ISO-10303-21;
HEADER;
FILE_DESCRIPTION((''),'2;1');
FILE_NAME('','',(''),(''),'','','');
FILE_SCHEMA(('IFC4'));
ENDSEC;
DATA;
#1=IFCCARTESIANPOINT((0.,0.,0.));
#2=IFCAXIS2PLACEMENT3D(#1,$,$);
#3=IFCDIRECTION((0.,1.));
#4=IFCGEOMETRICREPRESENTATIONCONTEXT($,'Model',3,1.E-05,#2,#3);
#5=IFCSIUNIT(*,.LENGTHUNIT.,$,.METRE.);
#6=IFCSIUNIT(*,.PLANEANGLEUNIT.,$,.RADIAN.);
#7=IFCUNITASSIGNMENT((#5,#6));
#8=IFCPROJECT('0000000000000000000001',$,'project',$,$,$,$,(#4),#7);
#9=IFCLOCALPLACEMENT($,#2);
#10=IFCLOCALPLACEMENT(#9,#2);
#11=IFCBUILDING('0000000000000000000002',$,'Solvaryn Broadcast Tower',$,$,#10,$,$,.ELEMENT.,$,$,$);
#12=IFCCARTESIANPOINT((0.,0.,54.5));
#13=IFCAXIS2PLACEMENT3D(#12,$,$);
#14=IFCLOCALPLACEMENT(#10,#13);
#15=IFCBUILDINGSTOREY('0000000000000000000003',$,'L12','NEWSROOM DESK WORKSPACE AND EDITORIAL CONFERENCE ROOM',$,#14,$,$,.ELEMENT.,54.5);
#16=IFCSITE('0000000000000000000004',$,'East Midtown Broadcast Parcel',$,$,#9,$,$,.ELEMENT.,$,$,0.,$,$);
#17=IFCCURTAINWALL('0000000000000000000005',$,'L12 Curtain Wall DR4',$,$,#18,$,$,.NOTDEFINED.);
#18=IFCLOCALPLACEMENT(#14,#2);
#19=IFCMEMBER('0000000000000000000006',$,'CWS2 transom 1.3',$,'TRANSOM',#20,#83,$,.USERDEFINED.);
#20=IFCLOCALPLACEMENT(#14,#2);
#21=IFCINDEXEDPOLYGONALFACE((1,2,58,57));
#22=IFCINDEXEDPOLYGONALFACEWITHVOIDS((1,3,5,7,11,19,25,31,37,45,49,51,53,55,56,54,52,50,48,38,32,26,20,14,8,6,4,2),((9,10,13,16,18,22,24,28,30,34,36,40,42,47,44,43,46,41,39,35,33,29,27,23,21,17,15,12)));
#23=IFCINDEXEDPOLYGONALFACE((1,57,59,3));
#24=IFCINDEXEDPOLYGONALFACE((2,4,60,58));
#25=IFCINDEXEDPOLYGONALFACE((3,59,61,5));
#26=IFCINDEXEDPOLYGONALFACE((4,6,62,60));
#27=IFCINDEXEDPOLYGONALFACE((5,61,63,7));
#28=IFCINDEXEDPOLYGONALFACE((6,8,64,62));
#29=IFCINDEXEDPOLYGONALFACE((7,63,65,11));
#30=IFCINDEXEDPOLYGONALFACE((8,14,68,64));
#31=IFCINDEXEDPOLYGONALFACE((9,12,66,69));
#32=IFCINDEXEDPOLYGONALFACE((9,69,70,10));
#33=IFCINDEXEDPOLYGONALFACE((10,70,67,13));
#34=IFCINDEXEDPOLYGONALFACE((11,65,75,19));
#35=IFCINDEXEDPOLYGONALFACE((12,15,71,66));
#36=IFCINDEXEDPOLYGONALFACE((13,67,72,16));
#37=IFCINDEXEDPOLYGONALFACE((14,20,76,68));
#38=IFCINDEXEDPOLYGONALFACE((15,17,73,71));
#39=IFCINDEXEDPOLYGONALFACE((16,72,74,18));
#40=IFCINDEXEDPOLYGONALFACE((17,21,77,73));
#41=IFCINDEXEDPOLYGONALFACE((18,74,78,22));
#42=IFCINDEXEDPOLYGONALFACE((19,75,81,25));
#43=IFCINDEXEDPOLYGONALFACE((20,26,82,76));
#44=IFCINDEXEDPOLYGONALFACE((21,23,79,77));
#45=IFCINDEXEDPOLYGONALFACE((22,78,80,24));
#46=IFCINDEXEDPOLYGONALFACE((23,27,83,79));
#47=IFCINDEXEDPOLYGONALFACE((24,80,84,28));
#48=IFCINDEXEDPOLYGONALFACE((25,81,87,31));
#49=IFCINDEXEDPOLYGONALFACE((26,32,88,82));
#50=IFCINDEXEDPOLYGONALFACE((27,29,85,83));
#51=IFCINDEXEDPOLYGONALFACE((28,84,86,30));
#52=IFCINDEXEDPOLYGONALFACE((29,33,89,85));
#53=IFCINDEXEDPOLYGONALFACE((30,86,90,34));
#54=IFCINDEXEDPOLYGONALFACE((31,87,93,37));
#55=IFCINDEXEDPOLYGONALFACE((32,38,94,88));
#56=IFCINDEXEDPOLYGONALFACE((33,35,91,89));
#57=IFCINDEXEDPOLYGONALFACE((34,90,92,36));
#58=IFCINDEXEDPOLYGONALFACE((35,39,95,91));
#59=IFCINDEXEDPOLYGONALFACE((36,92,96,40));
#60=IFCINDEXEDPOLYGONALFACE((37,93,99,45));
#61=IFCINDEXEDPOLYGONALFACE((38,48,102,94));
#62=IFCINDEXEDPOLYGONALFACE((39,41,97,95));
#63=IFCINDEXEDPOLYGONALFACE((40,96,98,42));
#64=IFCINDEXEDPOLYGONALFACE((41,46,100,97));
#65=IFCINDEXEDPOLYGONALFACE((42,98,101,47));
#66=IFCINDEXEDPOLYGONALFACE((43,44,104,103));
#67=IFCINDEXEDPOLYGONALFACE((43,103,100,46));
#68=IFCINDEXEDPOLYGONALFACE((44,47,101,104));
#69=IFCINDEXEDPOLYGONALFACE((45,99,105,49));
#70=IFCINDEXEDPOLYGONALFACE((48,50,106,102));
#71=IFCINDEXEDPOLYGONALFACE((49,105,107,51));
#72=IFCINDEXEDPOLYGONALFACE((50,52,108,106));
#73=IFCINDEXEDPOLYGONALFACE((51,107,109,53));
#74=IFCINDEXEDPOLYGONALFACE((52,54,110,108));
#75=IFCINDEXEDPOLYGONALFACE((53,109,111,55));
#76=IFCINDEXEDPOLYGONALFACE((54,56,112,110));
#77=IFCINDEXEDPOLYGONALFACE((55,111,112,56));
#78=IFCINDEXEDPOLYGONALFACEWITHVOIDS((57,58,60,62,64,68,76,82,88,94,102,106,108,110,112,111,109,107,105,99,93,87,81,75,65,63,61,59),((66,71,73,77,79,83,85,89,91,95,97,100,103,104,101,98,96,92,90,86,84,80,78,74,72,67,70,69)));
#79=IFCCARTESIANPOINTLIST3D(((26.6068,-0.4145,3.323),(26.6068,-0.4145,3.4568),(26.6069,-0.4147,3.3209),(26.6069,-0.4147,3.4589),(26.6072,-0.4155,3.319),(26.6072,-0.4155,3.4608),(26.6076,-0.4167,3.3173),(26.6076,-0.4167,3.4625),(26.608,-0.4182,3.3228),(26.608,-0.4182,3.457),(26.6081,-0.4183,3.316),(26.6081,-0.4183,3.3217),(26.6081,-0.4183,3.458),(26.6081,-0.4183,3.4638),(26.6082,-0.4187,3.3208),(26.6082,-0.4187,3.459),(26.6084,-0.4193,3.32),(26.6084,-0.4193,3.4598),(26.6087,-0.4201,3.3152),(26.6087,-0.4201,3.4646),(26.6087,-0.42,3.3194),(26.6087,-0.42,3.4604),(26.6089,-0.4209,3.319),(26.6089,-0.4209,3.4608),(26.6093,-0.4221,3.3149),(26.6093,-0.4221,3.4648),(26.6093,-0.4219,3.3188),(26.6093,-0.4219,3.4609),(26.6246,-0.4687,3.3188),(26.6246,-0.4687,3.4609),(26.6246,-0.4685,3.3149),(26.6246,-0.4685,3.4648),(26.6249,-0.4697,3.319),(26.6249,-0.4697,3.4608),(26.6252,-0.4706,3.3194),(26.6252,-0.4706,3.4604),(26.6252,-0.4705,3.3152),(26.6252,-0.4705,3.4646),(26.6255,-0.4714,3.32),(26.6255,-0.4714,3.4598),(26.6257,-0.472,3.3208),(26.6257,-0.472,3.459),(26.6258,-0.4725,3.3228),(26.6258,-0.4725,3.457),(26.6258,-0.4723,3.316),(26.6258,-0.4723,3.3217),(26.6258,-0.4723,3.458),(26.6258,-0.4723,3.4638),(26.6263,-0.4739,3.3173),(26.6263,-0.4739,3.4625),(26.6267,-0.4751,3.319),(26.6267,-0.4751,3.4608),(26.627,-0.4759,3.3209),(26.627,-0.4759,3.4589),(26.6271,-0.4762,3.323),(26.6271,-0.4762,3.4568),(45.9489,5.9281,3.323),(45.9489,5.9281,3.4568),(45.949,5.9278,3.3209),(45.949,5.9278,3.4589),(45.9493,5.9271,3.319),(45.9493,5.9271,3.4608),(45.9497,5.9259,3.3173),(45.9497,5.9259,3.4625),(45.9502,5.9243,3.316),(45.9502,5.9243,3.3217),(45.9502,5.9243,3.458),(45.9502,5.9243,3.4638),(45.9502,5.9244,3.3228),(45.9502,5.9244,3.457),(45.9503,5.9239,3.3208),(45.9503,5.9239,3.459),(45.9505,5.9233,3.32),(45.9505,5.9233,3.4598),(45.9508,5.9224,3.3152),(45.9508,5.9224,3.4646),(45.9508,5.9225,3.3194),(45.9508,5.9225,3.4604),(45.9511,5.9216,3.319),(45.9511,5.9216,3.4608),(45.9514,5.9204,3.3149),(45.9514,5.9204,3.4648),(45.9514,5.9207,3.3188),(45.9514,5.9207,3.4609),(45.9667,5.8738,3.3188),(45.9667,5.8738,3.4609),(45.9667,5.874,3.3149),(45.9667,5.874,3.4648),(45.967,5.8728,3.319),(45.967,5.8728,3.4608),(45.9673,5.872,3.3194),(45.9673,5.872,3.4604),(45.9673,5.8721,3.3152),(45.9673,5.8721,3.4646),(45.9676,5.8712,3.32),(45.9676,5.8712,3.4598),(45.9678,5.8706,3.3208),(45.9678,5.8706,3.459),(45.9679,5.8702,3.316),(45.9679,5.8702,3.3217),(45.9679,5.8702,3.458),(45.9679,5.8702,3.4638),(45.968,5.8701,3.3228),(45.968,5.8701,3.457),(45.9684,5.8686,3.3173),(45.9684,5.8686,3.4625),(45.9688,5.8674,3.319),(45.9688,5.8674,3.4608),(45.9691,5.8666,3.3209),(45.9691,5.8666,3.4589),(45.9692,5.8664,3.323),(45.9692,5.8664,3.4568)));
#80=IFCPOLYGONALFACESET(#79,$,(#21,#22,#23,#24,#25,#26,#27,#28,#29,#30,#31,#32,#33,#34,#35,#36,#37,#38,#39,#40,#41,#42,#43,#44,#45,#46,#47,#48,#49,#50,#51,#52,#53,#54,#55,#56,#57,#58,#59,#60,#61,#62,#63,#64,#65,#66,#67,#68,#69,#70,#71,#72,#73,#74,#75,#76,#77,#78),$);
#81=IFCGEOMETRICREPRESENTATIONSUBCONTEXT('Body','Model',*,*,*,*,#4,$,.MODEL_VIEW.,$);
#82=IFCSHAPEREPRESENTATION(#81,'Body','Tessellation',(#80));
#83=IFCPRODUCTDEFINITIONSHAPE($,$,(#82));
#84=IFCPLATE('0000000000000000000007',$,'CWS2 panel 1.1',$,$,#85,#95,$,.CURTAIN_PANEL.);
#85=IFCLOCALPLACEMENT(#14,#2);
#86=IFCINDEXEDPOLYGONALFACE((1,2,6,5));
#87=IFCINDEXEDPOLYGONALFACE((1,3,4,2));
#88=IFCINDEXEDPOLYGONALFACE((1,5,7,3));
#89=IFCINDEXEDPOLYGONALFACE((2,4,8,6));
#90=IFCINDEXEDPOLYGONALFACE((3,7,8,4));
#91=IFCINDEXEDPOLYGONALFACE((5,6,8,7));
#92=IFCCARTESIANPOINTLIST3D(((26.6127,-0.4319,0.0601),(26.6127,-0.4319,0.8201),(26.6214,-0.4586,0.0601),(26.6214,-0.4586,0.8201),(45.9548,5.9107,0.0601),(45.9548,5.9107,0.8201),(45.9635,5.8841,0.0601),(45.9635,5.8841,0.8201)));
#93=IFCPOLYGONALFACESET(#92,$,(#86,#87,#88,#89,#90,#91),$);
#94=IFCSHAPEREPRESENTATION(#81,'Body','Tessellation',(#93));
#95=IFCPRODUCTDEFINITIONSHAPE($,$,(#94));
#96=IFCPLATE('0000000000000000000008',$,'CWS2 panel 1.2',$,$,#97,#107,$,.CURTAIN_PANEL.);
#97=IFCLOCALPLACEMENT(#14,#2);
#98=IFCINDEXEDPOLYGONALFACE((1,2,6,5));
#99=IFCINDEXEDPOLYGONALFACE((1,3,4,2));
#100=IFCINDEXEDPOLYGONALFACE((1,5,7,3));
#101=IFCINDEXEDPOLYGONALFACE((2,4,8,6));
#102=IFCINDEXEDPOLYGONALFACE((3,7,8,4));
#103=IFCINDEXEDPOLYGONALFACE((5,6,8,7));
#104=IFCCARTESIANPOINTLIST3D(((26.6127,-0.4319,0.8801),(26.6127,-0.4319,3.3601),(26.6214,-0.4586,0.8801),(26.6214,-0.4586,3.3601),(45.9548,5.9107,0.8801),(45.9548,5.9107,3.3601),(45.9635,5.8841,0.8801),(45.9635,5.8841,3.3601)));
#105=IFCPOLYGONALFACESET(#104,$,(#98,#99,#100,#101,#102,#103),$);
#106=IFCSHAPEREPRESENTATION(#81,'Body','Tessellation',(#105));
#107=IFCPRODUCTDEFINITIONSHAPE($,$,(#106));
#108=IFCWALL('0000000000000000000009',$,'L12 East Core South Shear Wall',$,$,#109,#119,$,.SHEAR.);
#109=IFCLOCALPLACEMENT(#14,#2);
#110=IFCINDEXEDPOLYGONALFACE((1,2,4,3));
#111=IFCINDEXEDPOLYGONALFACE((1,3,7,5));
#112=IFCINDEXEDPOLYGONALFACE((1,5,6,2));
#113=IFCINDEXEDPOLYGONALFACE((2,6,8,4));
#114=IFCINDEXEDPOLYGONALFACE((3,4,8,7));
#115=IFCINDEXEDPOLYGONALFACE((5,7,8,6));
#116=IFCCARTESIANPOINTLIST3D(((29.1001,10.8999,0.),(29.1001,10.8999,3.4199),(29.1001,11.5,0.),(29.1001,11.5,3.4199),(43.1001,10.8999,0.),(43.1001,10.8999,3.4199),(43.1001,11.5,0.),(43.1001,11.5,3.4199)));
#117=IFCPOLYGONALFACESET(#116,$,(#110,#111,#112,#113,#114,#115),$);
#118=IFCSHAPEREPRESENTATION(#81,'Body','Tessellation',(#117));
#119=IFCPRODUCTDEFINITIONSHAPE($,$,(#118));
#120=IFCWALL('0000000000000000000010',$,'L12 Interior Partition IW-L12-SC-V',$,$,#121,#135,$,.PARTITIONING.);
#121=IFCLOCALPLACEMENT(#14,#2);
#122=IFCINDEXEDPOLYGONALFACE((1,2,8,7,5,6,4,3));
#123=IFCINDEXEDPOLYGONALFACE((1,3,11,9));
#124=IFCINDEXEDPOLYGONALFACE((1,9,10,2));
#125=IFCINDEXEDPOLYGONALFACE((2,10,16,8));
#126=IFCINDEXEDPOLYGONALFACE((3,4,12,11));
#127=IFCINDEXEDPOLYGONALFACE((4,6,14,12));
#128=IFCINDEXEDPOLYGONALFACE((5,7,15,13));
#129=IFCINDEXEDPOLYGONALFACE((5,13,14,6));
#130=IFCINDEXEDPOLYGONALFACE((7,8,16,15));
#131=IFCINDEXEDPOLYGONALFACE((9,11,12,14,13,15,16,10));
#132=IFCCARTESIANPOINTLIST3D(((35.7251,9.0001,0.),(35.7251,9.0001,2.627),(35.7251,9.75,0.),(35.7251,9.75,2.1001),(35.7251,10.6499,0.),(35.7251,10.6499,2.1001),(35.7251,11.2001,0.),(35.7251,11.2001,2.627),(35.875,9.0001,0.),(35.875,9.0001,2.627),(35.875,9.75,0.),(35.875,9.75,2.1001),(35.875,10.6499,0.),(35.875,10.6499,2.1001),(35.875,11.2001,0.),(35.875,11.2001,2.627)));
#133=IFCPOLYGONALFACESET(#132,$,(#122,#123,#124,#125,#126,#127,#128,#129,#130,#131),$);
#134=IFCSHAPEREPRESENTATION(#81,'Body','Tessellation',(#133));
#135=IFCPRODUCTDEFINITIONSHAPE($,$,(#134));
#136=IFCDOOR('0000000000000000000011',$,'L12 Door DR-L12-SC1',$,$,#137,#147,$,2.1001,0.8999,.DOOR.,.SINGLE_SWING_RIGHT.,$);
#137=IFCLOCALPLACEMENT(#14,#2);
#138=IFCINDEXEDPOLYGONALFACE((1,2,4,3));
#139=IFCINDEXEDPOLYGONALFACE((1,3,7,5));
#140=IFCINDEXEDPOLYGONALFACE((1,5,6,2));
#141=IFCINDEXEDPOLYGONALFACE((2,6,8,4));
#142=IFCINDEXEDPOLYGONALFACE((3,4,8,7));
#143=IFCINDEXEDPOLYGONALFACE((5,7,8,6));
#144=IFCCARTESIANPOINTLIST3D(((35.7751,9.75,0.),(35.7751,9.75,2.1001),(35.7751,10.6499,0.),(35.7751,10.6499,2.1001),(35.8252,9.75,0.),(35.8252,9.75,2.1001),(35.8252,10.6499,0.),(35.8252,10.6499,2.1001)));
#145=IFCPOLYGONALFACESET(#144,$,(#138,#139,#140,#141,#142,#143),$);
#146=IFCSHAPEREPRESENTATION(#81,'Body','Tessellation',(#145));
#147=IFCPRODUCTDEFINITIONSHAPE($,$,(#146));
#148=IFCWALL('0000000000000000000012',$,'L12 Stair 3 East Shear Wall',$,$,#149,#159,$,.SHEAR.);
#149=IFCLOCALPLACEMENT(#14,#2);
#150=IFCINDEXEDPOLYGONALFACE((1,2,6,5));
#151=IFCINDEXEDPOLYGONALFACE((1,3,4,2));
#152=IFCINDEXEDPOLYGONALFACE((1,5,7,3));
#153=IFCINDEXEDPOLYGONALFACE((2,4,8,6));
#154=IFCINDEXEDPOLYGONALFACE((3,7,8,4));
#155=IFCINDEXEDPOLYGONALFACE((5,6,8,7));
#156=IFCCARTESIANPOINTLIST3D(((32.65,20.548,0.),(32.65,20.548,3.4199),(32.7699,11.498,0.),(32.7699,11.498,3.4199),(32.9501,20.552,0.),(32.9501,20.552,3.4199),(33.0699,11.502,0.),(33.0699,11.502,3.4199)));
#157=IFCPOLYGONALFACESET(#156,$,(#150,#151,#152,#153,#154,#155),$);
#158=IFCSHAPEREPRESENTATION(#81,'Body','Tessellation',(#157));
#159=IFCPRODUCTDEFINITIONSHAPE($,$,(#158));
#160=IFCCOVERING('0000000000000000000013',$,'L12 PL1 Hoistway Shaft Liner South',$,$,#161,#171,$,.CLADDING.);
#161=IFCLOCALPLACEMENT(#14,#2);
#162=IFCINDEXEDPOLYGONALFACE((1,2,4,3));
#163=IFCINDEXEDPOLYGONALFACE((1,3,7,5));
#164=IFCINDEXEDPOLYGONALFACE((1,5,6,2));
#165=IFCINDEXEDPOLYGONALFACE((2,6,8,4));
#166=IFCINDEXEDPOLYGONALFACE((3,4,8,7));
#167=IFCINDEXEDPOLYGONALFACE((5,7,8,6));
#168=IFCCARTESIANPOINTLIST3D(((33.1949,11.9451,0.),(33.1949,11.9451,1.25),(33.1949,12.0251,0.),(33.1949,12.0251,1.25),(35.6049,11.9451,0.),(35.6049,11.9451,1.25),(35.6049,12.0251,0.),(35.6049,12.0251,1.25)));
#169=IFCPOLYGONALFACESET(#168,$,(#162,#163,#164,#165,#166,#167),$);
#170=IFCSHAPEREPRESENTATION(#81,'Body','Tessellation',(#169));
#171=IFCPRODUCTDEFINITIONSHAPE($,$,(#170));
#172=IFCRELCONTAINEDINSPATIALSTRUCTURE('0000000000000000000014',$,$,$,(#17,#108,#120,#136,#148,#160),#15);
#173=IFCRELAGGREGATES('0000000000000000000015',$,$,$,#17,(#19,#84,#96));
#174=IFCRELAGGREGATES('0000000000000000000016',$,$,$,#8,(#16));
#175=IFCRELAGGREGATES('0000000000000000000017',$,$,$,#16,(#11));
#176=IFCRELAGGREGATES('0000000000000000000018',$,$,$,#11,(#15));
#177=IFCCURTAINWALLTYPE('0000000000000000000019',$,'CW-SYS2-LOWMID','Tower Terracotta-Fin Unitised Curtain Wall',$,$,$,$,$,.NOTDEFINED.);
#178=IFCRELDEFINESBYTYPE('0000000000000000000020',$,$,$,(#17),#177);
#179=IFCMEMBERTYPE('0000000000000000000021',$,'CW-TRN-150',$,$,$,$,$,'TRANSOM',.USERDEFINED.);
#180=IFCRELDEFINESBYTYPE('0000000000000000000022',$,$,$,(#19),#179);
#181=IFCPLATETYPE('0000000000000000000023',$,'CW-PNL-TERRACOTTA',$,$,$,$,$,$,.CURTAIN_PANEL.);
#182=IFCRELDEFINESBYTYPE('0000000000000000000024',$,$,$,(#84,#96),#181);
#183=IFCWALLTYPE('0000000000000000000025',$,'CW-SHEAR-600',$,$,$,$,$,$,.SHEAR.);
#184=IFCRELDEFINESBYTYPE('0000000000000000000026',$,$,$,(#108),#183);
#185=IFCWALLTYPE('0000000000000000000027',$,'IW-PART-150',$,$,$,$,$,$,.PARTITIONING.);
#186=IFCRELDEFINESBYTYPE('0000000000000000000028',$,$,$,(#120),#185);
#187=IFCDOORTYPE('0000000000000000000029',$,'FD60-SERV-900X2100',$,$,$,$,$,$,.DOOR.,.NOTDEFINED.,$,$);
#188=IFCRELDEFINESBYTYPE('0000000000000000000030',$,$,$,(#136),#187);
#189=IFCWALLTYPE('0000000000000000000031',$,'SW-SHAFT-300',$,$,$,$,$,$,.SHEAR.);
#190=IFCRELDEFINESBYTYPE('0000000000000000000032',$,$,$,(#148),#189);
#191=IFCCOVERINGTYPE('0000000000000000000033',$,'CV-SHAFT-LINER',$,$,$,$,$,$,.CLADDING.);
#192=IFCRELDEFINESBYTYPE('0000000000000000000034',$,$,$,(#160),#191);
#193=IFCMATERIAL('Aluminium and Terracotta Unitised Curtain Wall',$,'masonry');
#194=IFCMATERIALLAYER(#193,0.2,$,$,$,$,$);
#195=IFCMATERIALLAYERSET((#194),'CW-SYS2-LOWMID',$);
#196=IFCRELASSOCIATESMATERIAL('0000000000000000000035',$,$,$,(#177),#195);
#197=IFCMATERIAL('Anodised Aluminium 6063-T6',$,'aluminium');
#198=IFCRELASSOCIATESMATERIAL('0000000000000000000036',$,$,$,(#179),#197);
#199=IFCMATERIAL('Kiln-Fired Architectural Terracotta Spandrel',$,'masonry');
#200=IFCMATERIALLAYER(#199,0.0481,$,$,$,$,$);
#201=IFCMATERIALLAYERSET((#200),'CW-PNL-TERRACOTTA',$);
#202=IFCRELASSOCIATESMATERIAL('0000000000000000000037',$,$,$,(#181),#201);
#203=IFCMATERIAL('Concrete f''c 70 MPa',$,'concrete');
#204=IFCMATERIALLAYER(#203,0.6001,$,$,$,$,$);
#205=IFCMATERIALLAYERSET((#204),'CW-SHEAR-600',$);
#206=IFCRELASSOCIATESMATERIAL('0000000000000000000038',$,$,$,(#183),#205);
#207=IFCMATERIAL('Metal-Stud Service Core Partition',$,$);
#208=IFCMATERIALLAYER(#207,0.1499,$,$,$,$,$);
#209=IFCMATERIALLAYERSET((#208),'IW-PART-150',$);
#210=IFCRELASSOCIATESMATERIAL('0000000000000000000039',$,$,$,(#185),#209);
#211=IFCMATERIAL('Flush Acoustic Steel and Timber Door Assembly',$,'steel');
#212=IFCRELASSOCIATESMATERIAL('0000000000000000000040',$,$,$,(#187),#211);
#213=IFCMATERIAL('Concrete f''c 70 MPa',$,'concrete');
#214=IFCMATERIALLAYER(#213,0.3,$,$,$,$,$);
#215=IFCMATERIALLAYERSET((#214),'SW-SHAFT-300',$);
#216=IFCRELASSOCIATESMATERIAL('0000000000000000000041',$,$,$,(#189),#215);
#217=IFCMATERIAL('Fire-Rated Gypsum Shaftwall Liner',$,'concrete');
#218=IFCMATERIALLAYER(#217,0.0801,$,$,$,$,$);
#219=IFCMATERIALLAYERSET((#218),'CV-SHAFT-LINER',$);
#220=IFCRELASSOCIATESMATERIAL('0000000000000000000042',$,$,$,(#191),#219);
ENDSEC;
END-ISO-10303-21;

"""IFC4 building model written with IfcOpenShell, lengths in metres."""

from ifc_helpers import new_model, si_unit, direction, frame, frame_2d, origin, origin_2d, place, context, subcontext, project, spatial, rectangle, hollow_rectangle, extrude, material, layer, layer_set, material_profile, profile_set, type_object, element, fill, aggregate, save


model = new_model("IFC4")

# Units and contexts
model_context = context("Model", 3, precision=1e-05, world=origin(), true_north=direction((0.0, 1.0)))
body_context = subcontext(model_context, "Body", "Model", "MODEL_VIEW")
ifc_project = project(units=[si_unit("LENGTHUNIT", "METRE"), si_unit("PLANEANGLEUNIT", "RADIAN")], contexts=[model_context])

# Site, building, storey
site_placement = place(None, origin())
site = spatial("IfcSite", under=ifc_project, at=site_placement, Name="East Midtown Broadcast Parcel", CompositionType="ELEMENT", RefElevation=0.0)
building_placement = place(site_placement, origin())
building = spatial("IfcBuilding", under=site, at=building_placement, Name="Solvaryn Broadcast Tower", CompositionType="ELEMENT")
storey_placement = place(building_placement, frame((0.0, 0.0, 54.5)))
storey = spatial("IfcBuildingStorey", under=building, at=storey_placement, Name="L12", Description="NEWSROOM DESK WORKSPACE AND EDITORIAL CONFERENCE ROOM", CompositionType="ELEMENT", Elevation=54.5)

# Shared definitions
ifc_material_1 = material(Name="Aluminium and Terracotta Unitised Curtain Wall", Category="masonry")
ifc_layer_1 = layer(ifc_material_1, 0.2)
ifc_layer_set_1 = layer_set([ifc_layer_1], Name="CW-SYS2-LOWMID")
curtain_wall_type = type_object("IfcCurtainWallType", Name="CW-SYS2-LOWMID", Description="Tower Terracotta-Fin Unitised Curtain Wall", PredefinedType="NOTDEFINED", material=ifc_layer_set_1)

# Curtain wall, member, plates
curtain_wall_1_placement = place(storey_placement, origin())
curtain_wall_1 = element("IfcCurtainWall", 1, at=curtain_wall_1_placement, inside=storey, type_object=curtain_wall_type, Name="L12 Curtain Wall DR4", PredefinedType="NOTDEFINED")
ifc_material_2 = material(Name="Anodised Aluminium 6063-T6", Category="aluminium")
ifc_material_profile_1 = material_profile(ifc_material_2, hollow_rectangle(XDim=0.0649, YDim=0.1499, WallThickness=0.0039, InnerFilletRadius=0.0039, OuterFilletRadius=0.0081, at=origin_2d()))
ifc_profile_set_1 = profile_set([ifc_material_profile_1], Name="Anodised Aluminium 6063-T6")
member_type_1 = type_object("IfcMemberType", Name="CW-TRN-150", ElementType="TRANSOM", PredefinedType="USERDEFINED", material=ifc_profile_set_1)
member_1_placement = place(storey_placement, frame((26.6169, -0.4453, 3.3899), z_axis=(0.950217, 0.31159, 0.0), x_axis=(-0.31159, 0.950217, 0.0)))
member_1 = element("IfcMember", 2, at=member_1_placement, type_object=member_type_1, Name="CWS2 transom 1.3", ObjectType="TRANSOM", PredefinedType="USERDEFINED", context=body_context, shape_type="SweptSolid", body=[
    extrude(hollow_rectangle(XDim=0.0649, YDim=0.1499, WallThickness=0.0039, InnerFilletRadius=0.0039, OuterFilletRadius=0.0081, at=origin_2d()), origin(), (0.0, 0.0, 1.0), 20.3555),
])
ifc_material_3 = material(Name="Kiln-Fired Architectural Terracotta Spandrel", Category="masonry")
ifc_layer_2 = layer(ifc_material_3, 0.0481)
ifc_layer_set_2 = layer_set([ifc_layer_2], Name="CW-PNL-TERRACOTTA")
plate_type = type_object("IfcPlateType", Name="CW-PNL-TERRACOTTA", PredefinedType="CURTAIN_PANEL", material=ifc_layer_set_2)
plate_1_placement = place(storey_placement, frame((36.2881, 2.7261, 0.0601), z_axis=(0.0, 0.0, 1.0), x_axis=(0.950215, 0.311594, 0.0)))
plate_1 = element("IfcPlate", 3, at=plate_1_placement, type_object=plate_type, Name="CWS2 panel 1.1", PredefinedType="CURTAIN_PANEL", context=body_context, shape_type="SweptSolid", body=[
    extrude(rectangle(XDim=20.3555, YDim=0.0281, at=origin_2d()), origin(), (0.0, 0.0, 1.0), 0.76),
])
plate_2_placement = place(storey_placement, frame((36.2881, 2.7261, 0.8801), z_axis=(0.0, 0.0, 1.0), x_axis=(0.950215, 0.311594, 0.0)))
plate_2 = element("IfcPlate", 4, at=plate_2_placement, type_object=plate_type, Name="CWS2 panel 1.2", PredefinedType="CURTAIN_PANEL", context=body_context, shape_type="SweptSolid", body=[
    extrude(rectangle(XDim=20.3555, YDim=0.0281, at=origin_2d()), origin(), (0.0, 0.0, 1.0), 2.48),
])
aggregate(curtain_wall_1, [member_1, plate_1, plate_2])

# Wall
ifc_material_4 = material(Name="Concrete f'c 70 MPa", Category="concrete")
ifc_layer_3 = layer(ifc_material_4, 0.6001)
ifc_layer_set_3 = layer_set([ifc_layer_3], Name="CW-SHEAR-600")
wall_type_1 = type_object("IfcWallType", Name="CW-SHEAR-600", PredefinedType="SHEAR", material=ifc_layer_set_3)
wall_1_placement = place(storey_placement, frame((29.1001, 11.2, 0.0), z_axis=(0.0, 0.0, 1.0), x_axis=(1.0, 0.0, 0.0)))
element("IfcWall", 5, at=wall_1_placement, inside=storey, type_object=wall_type_1, Name="L12 East Core South Shear Wall", PredefinedType="SHEAR", context=body_context, shape_type="SweptSolid", body=[
    extrude(rectangle(XDim=14.0, YDim=0.6001, at=frame_2d((7.0, 0.0))), origin(), (0.0, 0.0, 1.0), 3.4199),
])

# Wall, opening, door
ifc_material_5 = material(Name="Metal-Stud Service Core Partition")
ifc_layer_4 = layer(ifc_material_5, 0.1499)
ifc_layer_set_4 = layer_set([ifc_layer_4], Name="IW-PART-150")
wall_type_2 = type_object("IfcWallType", Name="IW-PART-150", PredefinedType="PARTITIONING", material=ifc_layer_set_4)
wall_2_placement = place(storey_placement, frame((35.8, 9.0, 0.0), z_axis=(0.0, 0.0, 1.0), x_axis=(0.0, 1.0, 0.0)))
wall_2 = element("IfcWall", 6, at=wall_2_placement, inside=storey, type_object=wall_type_2, Name="L12 Interior Partition IW-L12-SC-V", PredefinedType="PARTITIONING", context=body_context, shape_type="SweptSolid", body=[
    extrude(rectangle(XDim=2.2, YDim=0.1499, at=frame_2d((1.1001, 0.0))), origin(), (0.0, 0.0, 1.0), 2.627),
])
opening_placement = place(wall_2_placement, frame((0.75, 0.0, 0.0)))
opening = element("IfcOpeningElement", 7, at=opening_placement, cuts=wall_2, PredefinedType="OPENING", context=body_context, shape_type="SweptSolid", body=[
    extrude(rectangle(XDim=0.8999, YDim=2.1001, at=frame_2d((0.45, 1.05))), frame((0.0, 0.085, 0.0), z_axis=(0.0, -1.0, 0.0), x_axis=(1.0, 0.0, 0.0)), (0.0, 0.0, 1.0), 0.1699),
])
ifc_material_6 = material(Name="Flush Acoustic Steel and Timber Door Assembly", Category="steel")
door_type = type_object("IfcDoorType", Name="FD60-SERV-900X2100", OperationType="NOTDEFINED", PredefinedType="DOOR", material=ifc_material_6)
door_placement = place(opening_placement, origin())
door = element("IfcDoor", 8, at=door_placement, inside=storey, type_object=door_type, Name="L12 Door DR-L12-SC1", OperationType="SINGLE_SWING_RIGHT", OverallHeight=2.1001, OverallWidth=0.8999, PredefinedType="DOOR", context=body_context, shape_type="SweptSolid", body=[
    extrude(rectangle(XDim=0.8999, YDim=2.1001, at=frame_2d((0.45, 1.05))), frame((0.0, 0.0249, 0.0), z_axis=(0.0, -1.0, 0.0), x_axis=(1.0, 0.0, 0.0)), (0.0, 0.0, 1.0), 0.05),
])
fill(opening, door)

# Wall
ifc_material_7 = material(Name="Concrete f'c 70 MPa", Category="concrete")
ifc_layer_5 = layer(ifc_material_7, 0.3)
ifc_layer_set_5 = layer_set([ifc_layer_5], Name="SW-SHAFT-300")
wall_type_3 = type_object("IfcWallType", Name="SW-SHAFT-300", PredefinedType="SHEAR", material=ifc_layer_set_5)
wall_3_placement = place(storey_placement, frame((32.9199, 11.5, 0.0), z_axis=(0.0, 0.0, 1.0), x_axis=(-0.013244, 0.999912, 0.0)))
element("IfcWall", 9, at=wall_3_placement, inside=storey, type_object=wall_type_3, Name="L12 Stair 3 East Shear Wall", PredefinedType="SHEAR", context=body_context, shape_type="SweptSolid", body=[
    extrude(rectangle(XDim=9.0508, YDim=0.3, at=frame_2d((4.5254, 0.0))), origin(), (0.0, 0.0, 1.0), 3.4199),
])

# Covering
ifc_material_8 = material(Name="Fire-Rated Gypsum Shaftwall Liner", Category="concrete")
ifc_layer_6 = layer(ifc_material_8, 0.0801)
ifc_layer_set_6 = layer_set([ifc_layer_6], Name="CV-SHAFT-LINER")
covering_type_1 = type_object("IfcCoveringType", Name="CV-SHAFT-LINER", PredefinedType="CLADDING", material=ifc_layer_set_6)
covering_1_placement = place(storey_placement, frame((34.3999, 11.9851, 0.0), z_axis=(0.0, 0.0, 1.0), x_axis=(1.0, 0.0, 0.0)))
element("IfcCovering", 10, at=covering_1_placement, inside=storey, type_object=covering_type_1, Name="L12 PL1 Hoistway Shaft Liner South", PredefinedType="CLADDING", context=body_context, shape_type="SweptSolid", body=[
    extrude(rectangle(XDim=2.4099, YDim=0.0801, at=origin_2d()), origin(), (0.0, 0.0, 1.0), 1.25),
])

save(model, "model.ifc")
